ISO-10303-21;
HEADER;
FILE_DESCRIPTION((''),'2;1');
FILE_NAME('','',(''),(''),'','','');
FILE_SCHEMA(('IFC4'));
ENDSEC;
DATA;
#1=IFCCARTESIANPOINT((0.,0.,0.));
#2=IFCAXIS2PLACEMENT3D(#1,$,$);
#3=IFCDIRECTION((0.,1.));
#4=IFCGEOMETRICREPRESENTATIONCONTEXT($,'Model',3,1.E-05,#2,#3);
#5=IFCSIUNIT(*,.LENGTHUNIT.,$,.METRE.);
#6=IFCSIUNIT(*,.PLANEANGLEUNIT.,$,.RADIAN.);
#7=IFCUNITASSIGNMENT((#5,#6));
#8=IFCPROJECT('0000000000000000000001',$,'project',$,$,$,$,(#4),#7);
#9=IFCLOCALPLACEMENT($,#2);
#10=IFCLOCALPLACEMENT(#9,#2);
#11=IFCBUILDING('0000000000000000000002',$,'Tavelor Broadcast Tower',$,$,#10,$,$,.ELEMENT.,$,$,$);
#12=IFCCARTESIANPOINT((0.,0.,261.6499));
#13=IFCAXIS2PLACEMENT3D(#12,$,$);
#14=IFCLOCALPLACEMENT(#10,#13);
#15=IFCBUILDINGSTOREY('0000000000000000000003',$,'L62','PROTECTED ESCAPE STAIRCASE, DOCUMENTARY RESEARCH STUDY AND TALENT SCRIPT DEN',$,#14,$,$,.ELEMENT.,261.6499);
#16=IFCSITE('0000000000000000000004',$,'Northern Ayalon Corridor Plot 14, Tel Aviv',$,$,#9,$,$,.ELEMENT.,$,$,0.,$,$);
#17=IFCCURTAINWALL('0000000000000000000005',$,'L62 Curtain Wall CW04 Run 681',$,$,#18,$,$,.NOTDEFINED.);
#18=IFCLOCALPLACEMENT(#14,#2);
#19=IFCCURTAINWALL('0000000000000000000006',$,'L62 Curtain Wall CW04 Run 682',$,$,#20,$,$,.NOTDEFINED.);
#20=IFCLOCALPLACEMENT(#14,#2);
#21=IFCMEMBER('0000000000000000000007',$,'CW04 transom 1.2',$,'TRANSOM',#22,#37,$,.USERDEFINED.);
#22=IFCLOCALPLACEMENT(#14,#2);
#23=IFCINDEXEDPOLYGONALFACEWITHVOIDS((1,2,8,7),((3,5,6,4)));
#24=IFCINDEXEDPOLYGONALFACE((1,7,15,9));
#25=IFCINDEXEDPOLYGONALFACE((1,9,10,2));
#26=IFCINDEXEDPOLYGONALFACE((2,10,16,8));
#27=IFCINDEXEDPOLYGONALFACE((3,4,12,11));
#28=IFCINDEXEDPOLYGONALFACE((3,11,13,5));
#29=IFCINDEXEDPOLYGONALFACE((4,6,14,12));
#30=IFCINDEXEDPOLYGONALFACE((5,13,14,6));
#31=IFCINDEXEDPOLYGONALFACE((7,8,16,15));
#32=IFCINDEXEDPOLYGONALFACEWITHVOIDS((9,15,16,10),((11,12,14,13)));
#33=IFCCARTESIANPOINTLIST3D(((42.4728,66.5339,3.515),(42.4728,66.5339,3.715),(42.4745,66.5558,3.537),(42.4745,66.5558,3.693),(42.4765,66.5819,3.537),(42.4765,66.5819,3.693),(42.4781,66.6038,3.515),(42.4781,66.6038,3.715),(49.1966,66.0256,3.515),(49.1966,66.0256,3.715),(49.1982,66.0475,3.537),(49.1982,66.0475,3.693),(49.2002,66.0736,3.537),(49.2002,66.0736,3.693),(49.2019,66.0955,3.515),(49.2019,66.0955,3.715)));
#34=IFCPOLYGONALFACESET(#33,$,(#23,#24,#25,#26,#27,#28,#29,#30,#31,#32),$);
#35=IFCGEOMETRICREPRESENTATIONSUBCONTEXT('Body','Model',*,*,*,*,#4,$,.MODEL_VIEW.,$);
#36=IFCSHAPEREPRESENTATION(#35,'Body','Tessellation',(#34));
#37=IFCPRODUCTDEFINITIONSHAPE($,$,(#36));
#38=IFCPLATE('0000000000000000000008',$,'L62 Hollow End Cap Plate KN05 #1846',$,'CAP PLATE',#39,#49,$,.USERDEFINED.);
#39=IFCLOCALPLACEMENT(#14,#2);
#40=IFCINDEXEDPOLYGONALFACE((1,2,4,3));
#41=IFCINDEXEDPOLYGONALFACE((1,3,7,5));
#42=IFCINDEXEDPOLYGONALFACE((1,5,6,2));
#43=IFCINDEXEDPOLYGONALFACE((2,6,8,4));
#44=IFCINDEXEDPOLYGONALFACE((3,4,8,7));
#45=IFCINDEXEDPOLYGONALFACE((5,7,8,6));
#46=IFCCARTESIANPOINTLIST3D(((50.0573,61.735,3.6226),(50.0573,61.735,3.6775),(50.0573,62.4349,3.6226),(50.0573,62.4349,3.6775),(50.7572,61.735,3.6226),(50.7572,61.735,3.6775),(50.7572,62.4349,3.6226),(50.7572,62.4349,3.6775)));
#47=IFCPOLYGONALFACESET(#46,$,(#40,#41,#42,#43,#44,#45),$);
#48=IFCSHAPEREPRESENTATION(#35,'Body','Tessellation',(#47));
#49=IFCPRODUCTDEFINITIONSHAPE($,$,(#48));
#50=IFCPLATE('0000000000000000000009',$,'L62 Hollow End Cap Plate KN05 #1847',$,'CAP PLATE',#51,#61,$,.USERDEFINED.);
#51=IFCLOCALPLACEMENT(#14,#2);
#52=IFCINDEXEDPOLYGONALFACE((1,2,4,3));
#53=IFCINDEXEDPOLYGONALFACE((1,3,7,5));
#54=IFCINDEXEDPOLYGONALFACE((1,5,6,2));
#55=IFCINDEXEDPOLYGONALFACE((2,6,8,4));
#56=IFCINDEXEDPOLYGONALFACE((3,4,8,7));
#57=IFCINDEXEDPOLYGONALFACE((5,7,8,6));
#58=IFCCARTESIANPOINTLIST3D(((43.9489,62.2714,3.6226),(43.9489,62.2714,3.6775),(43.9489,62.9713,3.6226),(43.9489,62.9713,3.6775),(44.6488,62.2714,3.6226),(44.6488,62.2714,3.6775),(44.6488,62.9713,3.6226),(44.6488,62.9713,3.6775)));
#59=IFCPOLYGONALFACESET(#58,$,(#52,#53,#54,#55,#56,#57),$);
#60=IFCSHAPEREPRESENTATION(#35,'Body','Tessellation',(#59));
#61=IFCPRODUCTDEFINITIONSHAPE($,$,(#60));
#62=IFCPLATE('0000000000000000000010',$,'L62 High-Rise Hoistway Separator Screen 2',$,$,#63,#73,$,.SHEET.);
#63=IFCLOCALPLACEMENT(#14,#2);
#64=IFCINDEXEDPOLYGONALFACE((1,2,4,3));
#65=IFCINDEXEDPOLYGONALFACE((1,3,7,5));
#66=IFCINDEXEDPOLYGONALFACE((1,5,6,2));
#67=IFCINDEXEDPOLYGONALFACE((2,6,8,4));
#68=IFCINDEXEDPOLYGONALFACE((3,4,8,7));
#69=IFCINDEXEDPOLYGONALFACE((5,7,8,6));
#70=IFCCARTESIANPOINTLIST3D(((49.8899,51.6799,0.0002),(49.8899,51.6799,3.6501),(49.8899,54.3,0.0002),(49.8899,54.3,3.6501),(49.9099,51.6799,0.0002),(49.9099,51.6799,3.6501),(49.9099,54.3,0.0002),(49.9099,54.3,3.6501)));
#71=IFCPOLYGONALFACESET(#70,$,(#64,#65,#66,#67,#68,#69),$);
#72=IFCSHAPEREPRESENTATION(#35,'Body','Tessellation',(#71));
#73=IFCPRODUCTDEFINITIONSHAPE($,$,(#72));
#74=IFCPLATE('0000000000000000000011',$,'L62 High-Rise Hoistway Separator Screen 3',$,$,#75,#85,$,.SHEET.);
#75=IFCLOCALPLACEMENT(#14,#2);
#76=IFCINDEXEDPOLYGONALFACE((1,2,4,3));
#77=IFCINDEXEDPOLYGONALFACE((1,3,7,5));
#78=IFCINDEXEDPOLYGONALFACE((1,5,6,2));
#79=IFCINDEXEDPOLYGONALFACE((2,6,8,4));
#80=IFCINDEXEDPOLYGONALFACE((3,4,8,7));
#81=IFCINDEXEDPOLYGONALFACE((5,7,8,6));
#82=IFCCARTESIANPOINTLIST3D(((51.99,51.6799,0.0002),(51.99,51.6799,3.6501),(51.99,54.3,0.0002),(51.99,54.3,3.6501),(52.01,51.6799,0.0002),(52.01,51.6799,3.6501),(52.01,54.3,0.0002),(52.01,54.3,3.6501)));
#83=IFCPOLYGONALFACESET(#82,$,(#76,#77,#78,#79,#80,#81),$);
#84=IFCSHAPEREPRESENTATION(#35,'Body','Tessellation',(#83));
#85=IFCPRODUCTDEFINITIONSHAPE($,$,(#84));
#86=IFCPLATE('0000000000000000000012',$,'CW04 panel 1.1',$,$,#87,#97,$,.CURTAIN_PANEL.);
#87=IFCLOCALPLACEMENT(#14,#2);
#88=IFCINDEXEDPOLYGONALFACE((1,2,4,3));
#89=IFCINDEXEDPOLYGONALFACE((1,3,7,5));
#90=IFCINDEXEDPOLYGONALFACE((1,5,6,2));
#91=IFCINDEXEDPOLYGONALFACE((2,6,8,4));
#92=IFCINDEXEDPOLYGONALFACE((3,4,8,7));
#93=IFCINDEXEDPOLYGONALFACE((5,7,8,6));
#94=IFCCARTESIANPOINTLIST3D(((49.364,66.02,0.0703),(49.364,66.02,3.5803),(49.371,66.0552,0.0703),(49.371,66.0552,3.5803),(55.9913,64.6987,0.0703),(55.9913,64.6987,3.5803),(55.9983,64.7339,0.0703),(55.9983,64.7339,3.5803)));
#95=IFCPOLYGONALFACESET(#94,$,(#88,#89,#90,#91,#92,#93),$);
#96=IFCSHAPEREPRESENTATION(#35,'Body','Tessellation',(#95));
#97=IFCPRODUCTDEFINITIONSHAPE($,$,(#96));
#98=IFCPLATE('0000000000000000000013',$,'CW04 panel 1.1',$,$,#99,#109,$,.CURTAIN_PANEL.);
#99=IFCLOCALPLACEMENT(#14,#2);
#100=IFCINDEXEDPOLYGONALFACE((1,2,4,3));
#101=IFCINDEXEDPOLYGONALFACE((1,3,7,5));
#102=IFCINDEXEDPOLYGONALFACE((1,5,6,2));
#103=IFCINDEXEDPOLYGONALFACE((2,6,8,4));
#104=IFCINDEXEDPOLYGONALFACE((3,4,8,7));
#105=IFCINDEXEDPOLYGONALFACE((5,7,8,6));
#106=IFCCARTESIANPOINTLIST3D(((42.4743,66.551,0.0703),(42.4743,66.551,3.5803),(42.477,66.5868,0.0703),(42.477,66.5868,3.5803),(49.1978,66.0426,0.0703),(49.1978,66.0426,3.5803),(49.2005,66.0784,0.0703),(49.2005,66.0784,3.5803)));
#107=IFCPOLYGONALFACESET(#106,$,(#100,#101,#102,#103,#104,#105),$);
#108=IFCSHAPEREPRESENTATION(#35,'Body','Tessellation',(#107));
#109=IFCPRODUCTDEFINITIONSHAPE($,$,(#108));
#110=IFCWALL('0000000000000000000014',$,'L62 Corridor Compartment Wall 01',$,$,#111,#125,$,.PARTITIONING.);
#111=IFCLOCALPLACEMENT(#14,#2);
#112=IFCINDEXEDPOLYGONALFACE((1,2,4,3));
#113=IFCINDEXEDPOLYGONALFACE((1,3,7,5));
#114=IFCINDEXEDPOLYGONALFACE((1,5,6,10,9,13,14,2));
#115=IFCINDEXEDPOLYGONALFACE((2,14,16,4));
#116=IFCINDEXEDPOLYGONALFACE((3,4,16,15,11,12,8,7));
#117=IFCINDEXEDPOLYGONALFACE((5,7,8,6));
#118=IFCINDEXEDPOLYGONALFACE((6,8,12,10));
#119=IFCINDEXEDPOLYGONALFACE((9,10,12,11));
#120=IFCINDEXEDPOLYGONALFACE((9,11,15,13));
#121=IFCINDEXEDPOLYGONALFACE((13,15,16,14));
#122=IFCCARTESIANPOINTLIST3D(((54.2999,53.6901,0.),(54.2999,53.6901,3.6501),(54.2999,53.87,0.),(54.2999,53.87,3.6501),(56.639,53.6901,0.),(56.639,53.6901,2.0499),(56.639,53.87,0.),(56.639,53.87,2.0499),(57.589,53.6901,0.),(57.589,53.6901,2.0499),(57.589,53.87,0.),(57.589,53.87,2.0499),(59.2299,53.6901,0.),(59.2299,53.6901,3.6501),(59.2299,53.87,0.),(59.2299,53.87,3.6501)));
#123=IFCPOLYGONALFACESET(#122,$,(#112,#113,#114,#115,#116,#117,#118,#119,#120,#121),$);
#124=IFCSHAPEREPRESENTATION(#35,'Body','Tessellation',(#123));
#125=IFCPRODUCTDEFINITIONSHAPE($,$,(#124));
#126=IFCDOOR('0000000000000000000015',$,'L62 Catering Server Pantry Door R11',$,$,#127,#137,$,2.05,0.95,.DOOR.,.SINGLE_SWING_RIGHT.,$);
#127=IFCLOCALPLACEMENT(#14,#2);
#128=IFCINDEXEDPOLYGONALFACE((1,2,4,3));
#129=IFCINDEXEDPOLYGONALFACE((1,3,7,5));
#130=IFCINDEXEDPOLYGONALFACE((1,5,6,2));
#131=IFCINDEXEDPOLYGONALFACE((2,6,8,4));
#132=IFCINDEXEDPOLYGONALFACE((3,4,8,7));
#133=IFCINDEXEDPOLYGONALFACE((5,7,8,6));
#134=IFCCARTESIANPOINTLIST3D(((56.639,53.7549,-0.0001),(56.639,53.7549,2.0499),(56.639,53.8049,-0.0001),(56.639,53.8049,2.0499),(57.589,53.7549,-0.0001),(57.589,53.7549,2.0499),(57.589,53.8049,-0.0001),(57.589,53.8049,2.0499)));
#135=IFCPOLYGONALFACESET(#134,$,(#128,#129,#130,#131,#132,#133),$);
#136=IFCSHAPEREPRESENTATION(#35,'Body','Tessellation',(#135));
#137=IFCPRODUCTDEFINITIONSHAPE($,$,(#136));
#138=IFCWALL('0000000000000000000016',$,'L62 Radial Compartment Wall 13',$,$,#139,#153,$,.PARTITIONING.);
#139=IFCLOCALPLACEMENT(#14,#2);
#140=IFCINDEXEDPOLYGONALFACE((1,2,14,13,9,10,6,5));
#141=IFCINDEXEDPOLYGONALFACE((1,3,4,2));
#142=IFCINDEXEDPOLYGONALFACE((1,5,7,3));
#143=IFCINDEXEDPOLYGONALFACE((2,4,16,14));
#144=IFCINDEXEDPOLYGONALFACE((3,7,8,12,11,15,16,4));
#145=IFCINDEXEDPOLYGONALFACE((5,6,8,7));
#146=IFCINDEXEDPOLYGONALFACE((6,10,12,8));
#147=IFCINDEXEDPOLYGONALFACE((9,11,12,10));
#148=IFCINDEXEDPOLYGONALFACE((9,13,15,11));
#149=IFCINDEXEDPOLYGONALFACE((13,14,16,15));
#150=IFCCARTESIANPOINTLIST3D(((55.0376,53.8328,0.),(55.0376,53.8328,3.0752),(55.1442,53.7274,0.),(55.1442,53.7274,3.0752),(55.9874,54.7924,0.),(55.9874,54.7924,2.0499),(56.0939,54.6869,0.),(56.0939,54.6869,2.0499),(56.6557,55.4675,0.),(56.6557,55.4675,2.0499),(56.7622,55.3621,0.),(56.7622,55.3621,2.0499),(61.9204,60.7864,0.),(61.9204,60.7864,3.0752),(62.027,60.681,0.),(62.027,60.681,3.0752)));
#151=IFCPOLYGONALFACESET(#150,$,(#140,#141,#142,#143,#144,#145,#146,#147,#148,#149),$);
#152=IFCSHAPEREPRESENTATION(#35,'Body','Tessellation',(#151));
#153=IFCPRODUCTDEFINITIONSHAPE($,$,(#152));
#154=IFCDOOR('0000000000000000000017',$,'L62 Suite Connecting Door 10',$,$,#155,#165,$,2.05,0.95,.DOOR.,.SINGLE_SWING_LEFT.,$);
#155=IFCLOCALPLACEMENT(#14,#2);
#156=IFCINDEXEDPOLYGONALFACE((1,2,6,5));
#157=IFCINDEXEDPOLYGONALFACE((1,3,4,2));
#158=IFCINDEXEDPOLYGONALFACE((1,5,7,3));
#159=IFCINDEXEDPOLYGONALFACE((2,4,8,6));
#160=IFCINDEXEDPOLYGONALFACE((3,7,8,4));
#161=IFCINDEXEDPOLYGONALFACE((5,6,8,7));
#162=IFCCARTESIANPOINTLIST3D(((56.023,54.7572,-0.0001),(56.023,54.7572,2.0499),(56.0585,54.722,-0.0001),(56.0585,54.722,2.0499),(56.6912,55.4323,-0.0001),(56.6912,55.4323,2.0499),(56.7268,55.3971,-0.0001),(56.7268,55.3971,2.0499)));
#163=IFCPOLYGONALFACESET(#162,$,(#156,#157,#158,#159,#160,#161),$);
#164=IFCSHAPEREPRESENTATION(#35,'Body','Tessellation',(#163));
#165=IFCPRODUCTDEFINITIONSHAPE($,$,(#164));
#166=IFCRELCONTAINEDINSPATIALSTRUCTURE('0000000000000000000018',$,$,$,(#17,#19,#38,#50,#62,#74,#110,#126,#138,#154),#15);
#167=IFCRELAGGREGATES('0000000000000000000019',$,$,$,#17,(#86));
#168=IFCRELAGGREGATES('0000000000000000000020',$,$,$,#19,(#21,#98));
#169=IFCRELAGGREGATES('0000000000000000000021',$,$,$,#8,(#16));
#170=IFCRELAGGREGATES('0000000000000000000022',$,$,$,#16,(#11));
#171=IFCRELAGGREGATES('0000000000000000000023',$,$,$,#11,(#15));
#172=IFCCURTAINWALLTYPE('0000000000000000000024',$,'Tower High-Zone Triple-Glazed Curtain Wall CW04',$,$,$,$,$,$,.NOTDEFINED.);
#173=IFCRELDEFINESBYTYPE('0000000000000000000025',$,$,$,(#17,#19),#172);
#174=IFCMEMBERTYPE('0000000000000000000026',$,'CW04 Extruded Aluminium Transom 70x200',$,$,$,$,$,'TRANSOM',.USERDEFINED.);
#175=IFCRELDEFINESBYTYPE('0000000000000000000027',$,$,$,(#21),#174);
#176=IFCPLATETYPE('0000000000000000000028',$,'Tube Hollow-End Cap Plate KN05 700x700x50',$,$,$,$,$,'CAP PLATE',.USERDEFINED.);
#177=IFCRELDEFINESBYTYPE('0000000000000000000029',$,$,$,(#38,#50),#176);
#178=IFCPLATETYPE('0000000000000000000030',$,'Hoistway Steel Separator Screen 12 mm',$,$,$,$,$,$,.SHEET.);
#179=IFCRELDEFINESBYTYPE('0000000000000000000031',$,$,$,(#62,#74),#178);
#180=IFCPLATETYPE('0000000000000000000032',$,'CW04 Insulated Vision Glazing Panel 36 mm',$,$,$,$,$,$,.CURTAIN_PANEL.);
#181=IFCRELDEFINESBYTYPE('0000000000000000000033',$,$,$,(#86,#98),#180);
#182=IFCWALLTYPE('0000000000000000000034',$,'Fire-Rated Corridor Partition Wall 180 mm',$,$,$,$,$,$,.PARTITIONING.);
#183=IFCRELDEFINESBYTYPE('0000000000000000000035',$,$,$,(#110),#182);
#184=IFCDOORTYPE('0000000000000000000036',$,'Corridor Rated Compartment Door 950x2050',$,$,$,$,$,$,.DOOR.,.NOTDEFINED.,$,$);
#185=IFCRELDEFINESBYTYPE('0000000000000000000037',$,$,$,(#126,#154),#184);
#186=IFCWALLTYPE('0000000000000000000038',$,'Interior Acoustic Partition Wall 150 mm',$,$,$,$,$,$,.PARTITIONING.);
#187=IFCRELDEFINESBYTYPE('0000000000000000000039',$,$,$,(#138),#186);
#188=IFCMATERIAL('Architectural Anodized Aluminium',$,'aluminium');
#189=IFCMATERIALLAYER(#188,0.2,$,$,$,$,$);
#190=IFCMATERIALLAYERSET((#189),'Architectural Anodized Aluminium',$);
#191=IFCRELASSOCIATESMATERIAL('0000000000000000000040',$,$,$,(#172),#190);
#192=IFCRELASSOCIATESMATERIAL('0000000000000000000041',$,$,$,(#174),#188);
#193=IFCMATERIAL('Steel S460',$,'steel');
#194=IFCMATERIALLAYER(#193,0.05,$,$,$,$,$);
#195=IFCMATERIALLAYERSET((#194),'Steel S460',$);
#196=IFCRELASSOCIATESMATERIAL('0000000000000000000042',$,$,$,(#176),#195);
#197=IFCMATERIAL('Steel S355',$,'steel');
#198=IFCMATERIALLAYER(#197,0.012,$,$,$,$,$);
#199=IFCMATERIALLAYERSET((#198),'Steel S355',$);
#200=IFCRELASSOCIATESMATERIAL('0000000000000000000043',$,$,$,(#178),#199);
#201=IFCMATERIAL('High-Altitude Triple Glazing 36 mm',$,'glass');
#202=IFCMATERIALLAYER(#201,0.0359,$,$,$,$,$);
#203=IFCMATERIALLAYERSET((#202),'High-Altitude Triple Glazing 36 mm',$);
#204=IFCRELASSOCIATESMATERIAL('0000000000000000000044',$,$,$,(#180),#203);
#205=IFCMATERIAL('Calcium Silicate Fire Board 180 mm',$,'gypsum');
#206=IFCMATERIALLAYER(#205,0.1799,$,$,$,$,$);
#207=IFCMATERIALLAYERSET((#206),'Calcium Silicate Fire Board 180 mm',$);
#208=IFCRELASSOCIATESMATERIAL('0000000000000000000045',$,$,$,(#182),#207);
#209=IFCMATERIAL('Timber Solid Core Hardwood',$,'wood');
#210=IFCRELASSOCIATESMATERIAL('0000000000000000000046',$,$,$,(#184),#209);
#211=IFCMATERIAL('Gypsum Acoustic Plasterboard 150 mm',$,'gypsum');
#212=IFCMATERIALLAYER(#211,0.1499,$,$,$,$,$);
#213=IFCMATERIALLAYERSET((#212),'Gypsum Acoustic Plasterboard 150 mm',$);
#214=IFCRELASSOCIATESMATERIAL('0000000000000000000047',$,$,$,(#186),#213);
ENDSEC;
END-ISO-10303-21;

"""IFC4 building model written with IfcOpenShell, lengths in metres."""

from ifc_helpers import new_model, si_unit, direction, frame, frame_2d, origin, origin_2d, place, context, subcontext, project, spatial, rectangle, hollow_rectangle, extrude, source, transform, mapped, material, layer, layer_set, material_profile, profile_set, type_object, type_shapes, element, fill, aggregate, save


model = new_model("IFC4")

# Units and contexts
model_context = context("Model", 3, precision=1e-05, world=origin(), true_north=direction((0.0, 1.0)))
body_context = subcontext(model_context, "Body", "Model", "MODEL_VIEW")
ifc_project = project(units=[si_unit("LENGTHUNIT", "METRE"), si_unit("PLANEANGLEUNIT", "RADIAN")], contexts=[model_context])

# Site, building, storey
site_placement = place(None, origin())
site = spatial("IfcSite", under=ifc_project, at=site_placement, Name="Northern Ayalon Corridor Plot 14, Tel Aviv", CompositionType="ELEMENT", RefElevation=0.0)
building_placement = place(site_placement, origin())
building = spatial("IfcBuilding", under=site, at=building_placement, Name="Tavelor Broadcast Tower", CompositionType="ELEMENT")
storey_placement = place(building_placement, frame((0.0, 0.0, 261.6499)))
storey = spatial("IfcBuildingStorey", under=building, at=storey_placement, Name="L62", Description="PROTECTED ESCAPE STAIRCASE, DOCUMENTARY RESEARCH STUDY AND TALENT SCRIPT DEN", CompositionType="ELEMENT", Elevation=261.6499)

# Shared definitions
ifc_material_1 = material(Name="Steel S460", Category="steel")

# Shared definitions
ifc_material_2 = material(Name="Steel S355", Category="steel")

# Curtain wall
ifc_material_3 = material(Name="Architectural Anodized Aluminium", Category="aluminium")
ifc_layer_1 = layer(ifc_material_3, 0.2)
ifc_layer_set_1 = layer_set([ifc_layer_1], Name="Architectural Anodized Aluminium")
curtain_wall_type = type_object("IfcCurtainWallType", Name="Tower High-Zone Triple-Glazed Curtain Wall CW04", PredefinedType="NOTDEFINED", material=ifc_layer_set_1)
curtain_wall_1_placement = place(storey_placement, origin())
curtain_wall_1 = element("IfcCurtainWall", 1, at=curtain_wall_1_placement, inside=storey, type_object=curtain_wall_type, Name="L62 Curtain Wall CW04 Run 681", PredefinedType="NOTDEFINED")

# Curtain wall, member
curtain_wall_2_placement = place(storey_placement, origin())
curtain_wall_2 = element("IfcCurtainWall", 2, at=curtain_wall_2_placement, inside=storey, type_object=curtain_wall_type, Name="L62 Curtain Wall CW04 Run 682", PredefinedType="NOTDEFINED")
ifc_material_profile_1 = material_profile(ifc_material_3, hollow_rectangle(XDim=0.0701, YDim=0.2, WallThickness=0.022, at=origin_2d()), Name="RHS 70x200x22")
ifc_profile_set_1 = profile_set([ifc_material_profile_1], Name="Architectural Anodized Aluminium")
member_type_1 = type_object("IfcMemberType", Name="CW04 Extruded Aluminium Transom 70x200", ElementType="TRANSOM", PredefinedType="USERDEFINED", material=ifc_profile_set_1)
shared_shape_1 = source(origin(), body_context, "Body", "SweptSolid", [
    extrude(hollow_rectangle(XDim=0.0701, YDim=0.2, WallThickness=0.022, at=origin_2d()), origin(), (0.0, 0.0, 1.0), 6.7429),
])
type_shapes(member_type_1, [shared_shape_1])
member_1_placement = place(storey_placement, frame((49.1992, 66.0605, 3.615), z_axis=(-0.997155, 0.075384, 0.0), x_axis=(-0.075384, -0.997155, 0.0)))
member_1 = element("IfcMember", 3, at=member_1_placement, type_object=member_type_1, Name="CW04 transom 1.2", ObjectType="TRANSOM", PredefinedType="USERDEFINED", context=body_context, shape_type="MappedRepresentation", body=[
    mapped(shared_shape_1, transform((0.0, 0.0, 0.0), scale=1.0)),
])

# Plates
ifc_layer_2 = layer(ifc_material_1, 0.05)
ifc_layer_set_2 = layer_set([ifc_layer_2], Name="Steel S460")
plate_type_1 = type_object("IfcPlateType", Name="Tube Hollow-End Cap Plate KN05 700x700x50", ElementType="CAP PLATE", PredefinedType="USERDEFINED", material=ifc_layer_set_2)
shared_shape_2 = source(origin(), body_context, "Body", "SweptSolid", [
    extrude(rectangle(XDim=0.7, YDim=0.7, at=origin_2d()), origin(), (0.0, 0.0, 1.0), 0.0549),
])
type_shapes(plate_type_1, [shared_shape_2])
for number, where, z_axis, x_axis, name in (
    (4, (50.4072, 62.085, 3.6226), (0.0, 0.0, 1.0), (1.0, 0.0, 0.0), "L62 Hollow End Cap Plate KN05 #1846"),
    (5, (44.2988, 62.6213, 3.6226), (0.0, 0.0, 1.0), (1.0, 0.0, 0.0), "L62 Hollow End Cap Plate KN05 #1847"),
):
    element("IfcPlate", number, at=place(storey_placement, frame(where, z_axis=z_axis, x_axis=x_axis)), inside=storey, type_object=plate_type_1, Name=name, ObjectType="CAP PLATE", PredefinedType="USERDEFINED", context=body_context, shape_type="MappedRepresentation", body=[
        mapped(shared_shape_2, transform((0.0, 0.0, 0.0), scale=1.0)),
    ])
ifc_layer_3 = layer(ifc_material_2, 0.012)
ifc_layer_set_3 = layer_set([ifc_layer_3], Name="Steel S355")
plate_type_2 = type_object("IfcPlateType", Name="Hoistway Steel Separator Screen 12 mm", PredefinedType="SHEET", material=ifc_layer_set_3)
shared_shape_3 = source(origin(), body_context, "Body", "SweptSolid", [
    extrude(rectangle(XDim=0.02, YDim=2.6201, at=origin_2d()), origin(), (0.0, 0.0, 1.0), 3.6499),
])
type_shapes(plate_type_2, [shared_shape_3])
for number, where, z_axis, x_axis, name in (
    (6, (49.8999, 52.99, 0.0002), (0.0, 0.0, 1.0), (1.0, 0.0, 0.0), "L62 High-Rise Hoistway Separator Screen 2"),
    (7, (52.0, 52.99, 0.0002), (0.0, 0.0, 1.0), (1.0, 0.0, 0.0), "L62 High-Rise Hoistway Separator Screen 3"),
):
    element("IfcPlate", number, at=place(storey_placement, frame(where, z_axis=z_axis, x_axis=x_axis)), inside=storey, type_object=plate_type_2, Name=name, PredefinedType="SHEET", context=body_context, shape_type="MappedRepresentation", body=[
        mapped(shared_shape_3, transform((0.0, 0.0, 0.0), scale=1.0)),
    ])

# Plates
ifc_material_4 = material(Name="High-Altitude Triple Glazing 36 mm", Category="glass")
ifc_layer_4 = layer(ifc_material_4, 0.0359)
ifc_layer_set_4 = layer_set([ifc_layer_4], Name="High-Altitude Triple Glazing 36 mm")
plate_type_3 = type_object("IfcPlateType", Name="CW04 Insulated Vision Glazing Panel 36 mm", PredefinedType="CURTAIN_PANEL", material=ifc_layer_set_4)
shared_shape_4 = source(origin(), body_context, "Body", "SweptSolid", [
    extrude(rectangle(XDim=6.7578, YDim=0.0359, at=origin_2d()), origin(), (0.0, 0.0, 1.0), 3.51),
])
plate_1_placement = place(storey_placement, frame((52.6812, 65.377, 0.0703), z_axis=(0.0, 0.0, 1.0), x_axis=(-0.980698, 0.195528, 0.0)))
plate_1 = element("IfcPlate", 8, at=plate_1_placement, type_object=plate_type_3, Name="CW04 panel 1.1", PredefinedType="CURTAIN_PANEL", context=body_context, shape_type="MappedRepresentation", body=[
    mapped(shared_shape_4, transform((0.0, 0.0, 0.0), scale=1.0)),
])
aggregate(curtain_wall_1, [plate_1])
shared_shape_5 = source(origin(), body_context, "Body", "SweptSolid", [
    extrude(rectangle(XDim=6.7427, YDim=0.0359, at=origin_2d()), origin(), (0.0, 0.0, 1.0), 3.51),
])
type_shapes(plate_type_3, [shared_shape_4, shared_shape_5])
plate_2_placement = place(storey_placement, frame((45.8374, 66.3147, 0.0703), z_axis=(0.0, 0.0, 1.0), x_axis=(-0.997154, 0.075391, 0.0)))
plate_2 = element("IfcPlate", 9, at=plate_2_placement, type_object=plate_type_3, Name="CW04 panel 1.1", PredefinedType="CURTAIN_PANEL", context=body_context, shape_type="MappedRepresentation", body=[
    mapped(shared_shape_5, transform((0.0, 0.0, 0.0), scale=1.0)),
])
aggregate(curtain_wall_2, [member_1, plate_2])

# Walls, openings, doors
ifc_material_5 = material(Name="Calcium Silicate Fire Board 180 mm", Category="gypsum")
ifc_layer_5 = layer(ifc_material_5, 0.1799)
ifc_layer_set_5 = layer_set([ifc_layer_5], Name="Calcium Silicate Fire Board 180 mm")
wall_type_1 = type_object("IfcWallType", Name="Fire-Rated Corridor Partition Wall 180 mm", PredefinedType="PARTITIONING", material=ifc_layer_set_5)
wall_1_placement = place(storey_placement, frame((54.3, 53.78, 0.0), z_axis=(0.0, 0.0, 1.0), x_axis=(1.0, 0.0, 0.0)))
wall_1 = element("IfcWall", 10, at=wall_1_placement, inside=storey, type_object=wall_type_1, Name="L62 Corridor Compartment Wall 01", PredefinedType="PARTITIONING", context=body_context, shape_type="SweptSolid", body=[
    extrude(rectangle(XDim=4.9299, YDim=0.1799, at=frame_2d((2.4648, 0.0))), origin(), (0.0, 0.0, 1.0), 3.6501),
])
opening_1_placement = place(wall_1_placement, frame((2.3389, 0.0, 0.0)))
opening_1 = element("IfcOpeningElement", 11, at=opening_1_placement, cuts=wall_1, PredefinedType="OPENING", context=body_context, shape_type="SweptSolid", body=[
    extrude(rectangle(XDim=0.95, YDim=2.05, at=frame_2d((0.4751, 1.0249))), frame((0.0, 0.1001, 0.0), z_axis=(0.0, -1.0, 0.0), x_axis=(1.0, 0.0, 0.0)), (0.0, 0.0, 1.0), 0.2),
])
ifc_material_6 = material(Name="Timber Solid Core Hardwood", Category="wood")
door_type_1 = type_object("IfcDoorType", Name="Corridor Rated Compartment Door 950x2050", OperationType="NOTDEFINED", PredefinedType="DOOR", material=ifc_material_6)
door_1_placement = place(opening_1_placement, origin())
door_1 = element("IfcDoor", 12, at=door_1_placement, inside=storey, type_object=door_type_1, Name="L62 Catering Server Pantry Door R11", OperationType="SINGLE_SWING_RIGHT", OverallHeight=2.05, OverallWidth=0.95, PredefinedType="DOOR", context=body_context, shape_type="SweptSolid", body=[
    extrude(rectangle(XDim=0.95, YDim=2.05, at=frame_2d((0.4751, 1.0249))), frame((0.0, 0.0249, 0.0), z_axis=(0.0, -1.0, 0.0), x_axis=(1.0, 0.0, 0.0)), (0.0, 0.0, 1.0), 0.05),
])
fill(opening_1, door_1)
ifc_material_7 = material(Name="Gypsum Acoustic Plasterboard 150 mm", Category="gypsum")
ifc_layer_6 = layer(ifc_material_7, 0.1499)
ifc_layer_set_6 = layer_set([ifc_layer_6], Name="Gypsum Acoustic Plasterboard 150 mm")
wall_type_2 = type_object("IfcWallType", Name="Interior Acoustic Partition Wall 150 mm", PredefinedType="PARTITIONING", material=ifc_layer_set_6)
wall_2_placement = place(storey_placement, frame((55.0908, 53.78, 0.0), z_axis=(0.0, 0.0, 1.0), x_axis=(0.703479, 0.710716, 0.0)))
wall_2 = element("IfcWall", 13, at=wall_2_placement, inside=storey, type_object=wall_type_2, Name="L62 Radial Compartment Wall 13", PredefinedType="PARTITIONING", context=body_context, shape_type="SweptSolid", body=[
    extrude(rectangle(XDim=9.7839, YDim=0.1499, at=frame_2d((4.8921, 0.0))), origin(), (0.0, 0.0, 1.0), 3.0752),
])
opening_2_placement = place(wall_2_placement, frame((1.3501, 0.0, 0.0)))
opening_2 = element("IfcOpeningElement", 14, at=opening_2_placement, cuts=wall_2, PredefinedType="OPENING", context=body_context, shape_type="SweptSolid", body=[
    extrude(rectangle(XDim=0.95, YDim=2.05, at=frame_2d((0.4751, 1.0249))), frame((0.0, 0.085, 0.0), z_axis=(0.0, -1.0, 0.0), x_axis=(1.0, 0.0, 0.0)), (0.0, 0.0, 1.0), 0.1699),
])
door_2_placement = place(opening_2_placement, origin())
door_2 = element("IfcDoor", 15, at=door_2_placement, inside=storey, type_object=door_type_1, Name="L62 Suite Connecting Door 10", OperationType="SINGLE_SWING_LEFT", OverallHeight=2.05, OverallWidth=0.95, PredefinedType="DOOR", context=body_context, shape_type="SweptSolid", body=[
    extrude(rectangle(XDim=0.95, YDim=2.05, at=frame_2d((0.4751, 1.0249))), frame((0.0, 0.0249, 0.0), z_axis=(0.0, -1.0, 0.0), x_axis=(1.0, 0.0, 0.0)), (0.0, 0.0, 1.0), 0.05),
])
fill(opening_2, door_2)

save(model, "model.ifc")
